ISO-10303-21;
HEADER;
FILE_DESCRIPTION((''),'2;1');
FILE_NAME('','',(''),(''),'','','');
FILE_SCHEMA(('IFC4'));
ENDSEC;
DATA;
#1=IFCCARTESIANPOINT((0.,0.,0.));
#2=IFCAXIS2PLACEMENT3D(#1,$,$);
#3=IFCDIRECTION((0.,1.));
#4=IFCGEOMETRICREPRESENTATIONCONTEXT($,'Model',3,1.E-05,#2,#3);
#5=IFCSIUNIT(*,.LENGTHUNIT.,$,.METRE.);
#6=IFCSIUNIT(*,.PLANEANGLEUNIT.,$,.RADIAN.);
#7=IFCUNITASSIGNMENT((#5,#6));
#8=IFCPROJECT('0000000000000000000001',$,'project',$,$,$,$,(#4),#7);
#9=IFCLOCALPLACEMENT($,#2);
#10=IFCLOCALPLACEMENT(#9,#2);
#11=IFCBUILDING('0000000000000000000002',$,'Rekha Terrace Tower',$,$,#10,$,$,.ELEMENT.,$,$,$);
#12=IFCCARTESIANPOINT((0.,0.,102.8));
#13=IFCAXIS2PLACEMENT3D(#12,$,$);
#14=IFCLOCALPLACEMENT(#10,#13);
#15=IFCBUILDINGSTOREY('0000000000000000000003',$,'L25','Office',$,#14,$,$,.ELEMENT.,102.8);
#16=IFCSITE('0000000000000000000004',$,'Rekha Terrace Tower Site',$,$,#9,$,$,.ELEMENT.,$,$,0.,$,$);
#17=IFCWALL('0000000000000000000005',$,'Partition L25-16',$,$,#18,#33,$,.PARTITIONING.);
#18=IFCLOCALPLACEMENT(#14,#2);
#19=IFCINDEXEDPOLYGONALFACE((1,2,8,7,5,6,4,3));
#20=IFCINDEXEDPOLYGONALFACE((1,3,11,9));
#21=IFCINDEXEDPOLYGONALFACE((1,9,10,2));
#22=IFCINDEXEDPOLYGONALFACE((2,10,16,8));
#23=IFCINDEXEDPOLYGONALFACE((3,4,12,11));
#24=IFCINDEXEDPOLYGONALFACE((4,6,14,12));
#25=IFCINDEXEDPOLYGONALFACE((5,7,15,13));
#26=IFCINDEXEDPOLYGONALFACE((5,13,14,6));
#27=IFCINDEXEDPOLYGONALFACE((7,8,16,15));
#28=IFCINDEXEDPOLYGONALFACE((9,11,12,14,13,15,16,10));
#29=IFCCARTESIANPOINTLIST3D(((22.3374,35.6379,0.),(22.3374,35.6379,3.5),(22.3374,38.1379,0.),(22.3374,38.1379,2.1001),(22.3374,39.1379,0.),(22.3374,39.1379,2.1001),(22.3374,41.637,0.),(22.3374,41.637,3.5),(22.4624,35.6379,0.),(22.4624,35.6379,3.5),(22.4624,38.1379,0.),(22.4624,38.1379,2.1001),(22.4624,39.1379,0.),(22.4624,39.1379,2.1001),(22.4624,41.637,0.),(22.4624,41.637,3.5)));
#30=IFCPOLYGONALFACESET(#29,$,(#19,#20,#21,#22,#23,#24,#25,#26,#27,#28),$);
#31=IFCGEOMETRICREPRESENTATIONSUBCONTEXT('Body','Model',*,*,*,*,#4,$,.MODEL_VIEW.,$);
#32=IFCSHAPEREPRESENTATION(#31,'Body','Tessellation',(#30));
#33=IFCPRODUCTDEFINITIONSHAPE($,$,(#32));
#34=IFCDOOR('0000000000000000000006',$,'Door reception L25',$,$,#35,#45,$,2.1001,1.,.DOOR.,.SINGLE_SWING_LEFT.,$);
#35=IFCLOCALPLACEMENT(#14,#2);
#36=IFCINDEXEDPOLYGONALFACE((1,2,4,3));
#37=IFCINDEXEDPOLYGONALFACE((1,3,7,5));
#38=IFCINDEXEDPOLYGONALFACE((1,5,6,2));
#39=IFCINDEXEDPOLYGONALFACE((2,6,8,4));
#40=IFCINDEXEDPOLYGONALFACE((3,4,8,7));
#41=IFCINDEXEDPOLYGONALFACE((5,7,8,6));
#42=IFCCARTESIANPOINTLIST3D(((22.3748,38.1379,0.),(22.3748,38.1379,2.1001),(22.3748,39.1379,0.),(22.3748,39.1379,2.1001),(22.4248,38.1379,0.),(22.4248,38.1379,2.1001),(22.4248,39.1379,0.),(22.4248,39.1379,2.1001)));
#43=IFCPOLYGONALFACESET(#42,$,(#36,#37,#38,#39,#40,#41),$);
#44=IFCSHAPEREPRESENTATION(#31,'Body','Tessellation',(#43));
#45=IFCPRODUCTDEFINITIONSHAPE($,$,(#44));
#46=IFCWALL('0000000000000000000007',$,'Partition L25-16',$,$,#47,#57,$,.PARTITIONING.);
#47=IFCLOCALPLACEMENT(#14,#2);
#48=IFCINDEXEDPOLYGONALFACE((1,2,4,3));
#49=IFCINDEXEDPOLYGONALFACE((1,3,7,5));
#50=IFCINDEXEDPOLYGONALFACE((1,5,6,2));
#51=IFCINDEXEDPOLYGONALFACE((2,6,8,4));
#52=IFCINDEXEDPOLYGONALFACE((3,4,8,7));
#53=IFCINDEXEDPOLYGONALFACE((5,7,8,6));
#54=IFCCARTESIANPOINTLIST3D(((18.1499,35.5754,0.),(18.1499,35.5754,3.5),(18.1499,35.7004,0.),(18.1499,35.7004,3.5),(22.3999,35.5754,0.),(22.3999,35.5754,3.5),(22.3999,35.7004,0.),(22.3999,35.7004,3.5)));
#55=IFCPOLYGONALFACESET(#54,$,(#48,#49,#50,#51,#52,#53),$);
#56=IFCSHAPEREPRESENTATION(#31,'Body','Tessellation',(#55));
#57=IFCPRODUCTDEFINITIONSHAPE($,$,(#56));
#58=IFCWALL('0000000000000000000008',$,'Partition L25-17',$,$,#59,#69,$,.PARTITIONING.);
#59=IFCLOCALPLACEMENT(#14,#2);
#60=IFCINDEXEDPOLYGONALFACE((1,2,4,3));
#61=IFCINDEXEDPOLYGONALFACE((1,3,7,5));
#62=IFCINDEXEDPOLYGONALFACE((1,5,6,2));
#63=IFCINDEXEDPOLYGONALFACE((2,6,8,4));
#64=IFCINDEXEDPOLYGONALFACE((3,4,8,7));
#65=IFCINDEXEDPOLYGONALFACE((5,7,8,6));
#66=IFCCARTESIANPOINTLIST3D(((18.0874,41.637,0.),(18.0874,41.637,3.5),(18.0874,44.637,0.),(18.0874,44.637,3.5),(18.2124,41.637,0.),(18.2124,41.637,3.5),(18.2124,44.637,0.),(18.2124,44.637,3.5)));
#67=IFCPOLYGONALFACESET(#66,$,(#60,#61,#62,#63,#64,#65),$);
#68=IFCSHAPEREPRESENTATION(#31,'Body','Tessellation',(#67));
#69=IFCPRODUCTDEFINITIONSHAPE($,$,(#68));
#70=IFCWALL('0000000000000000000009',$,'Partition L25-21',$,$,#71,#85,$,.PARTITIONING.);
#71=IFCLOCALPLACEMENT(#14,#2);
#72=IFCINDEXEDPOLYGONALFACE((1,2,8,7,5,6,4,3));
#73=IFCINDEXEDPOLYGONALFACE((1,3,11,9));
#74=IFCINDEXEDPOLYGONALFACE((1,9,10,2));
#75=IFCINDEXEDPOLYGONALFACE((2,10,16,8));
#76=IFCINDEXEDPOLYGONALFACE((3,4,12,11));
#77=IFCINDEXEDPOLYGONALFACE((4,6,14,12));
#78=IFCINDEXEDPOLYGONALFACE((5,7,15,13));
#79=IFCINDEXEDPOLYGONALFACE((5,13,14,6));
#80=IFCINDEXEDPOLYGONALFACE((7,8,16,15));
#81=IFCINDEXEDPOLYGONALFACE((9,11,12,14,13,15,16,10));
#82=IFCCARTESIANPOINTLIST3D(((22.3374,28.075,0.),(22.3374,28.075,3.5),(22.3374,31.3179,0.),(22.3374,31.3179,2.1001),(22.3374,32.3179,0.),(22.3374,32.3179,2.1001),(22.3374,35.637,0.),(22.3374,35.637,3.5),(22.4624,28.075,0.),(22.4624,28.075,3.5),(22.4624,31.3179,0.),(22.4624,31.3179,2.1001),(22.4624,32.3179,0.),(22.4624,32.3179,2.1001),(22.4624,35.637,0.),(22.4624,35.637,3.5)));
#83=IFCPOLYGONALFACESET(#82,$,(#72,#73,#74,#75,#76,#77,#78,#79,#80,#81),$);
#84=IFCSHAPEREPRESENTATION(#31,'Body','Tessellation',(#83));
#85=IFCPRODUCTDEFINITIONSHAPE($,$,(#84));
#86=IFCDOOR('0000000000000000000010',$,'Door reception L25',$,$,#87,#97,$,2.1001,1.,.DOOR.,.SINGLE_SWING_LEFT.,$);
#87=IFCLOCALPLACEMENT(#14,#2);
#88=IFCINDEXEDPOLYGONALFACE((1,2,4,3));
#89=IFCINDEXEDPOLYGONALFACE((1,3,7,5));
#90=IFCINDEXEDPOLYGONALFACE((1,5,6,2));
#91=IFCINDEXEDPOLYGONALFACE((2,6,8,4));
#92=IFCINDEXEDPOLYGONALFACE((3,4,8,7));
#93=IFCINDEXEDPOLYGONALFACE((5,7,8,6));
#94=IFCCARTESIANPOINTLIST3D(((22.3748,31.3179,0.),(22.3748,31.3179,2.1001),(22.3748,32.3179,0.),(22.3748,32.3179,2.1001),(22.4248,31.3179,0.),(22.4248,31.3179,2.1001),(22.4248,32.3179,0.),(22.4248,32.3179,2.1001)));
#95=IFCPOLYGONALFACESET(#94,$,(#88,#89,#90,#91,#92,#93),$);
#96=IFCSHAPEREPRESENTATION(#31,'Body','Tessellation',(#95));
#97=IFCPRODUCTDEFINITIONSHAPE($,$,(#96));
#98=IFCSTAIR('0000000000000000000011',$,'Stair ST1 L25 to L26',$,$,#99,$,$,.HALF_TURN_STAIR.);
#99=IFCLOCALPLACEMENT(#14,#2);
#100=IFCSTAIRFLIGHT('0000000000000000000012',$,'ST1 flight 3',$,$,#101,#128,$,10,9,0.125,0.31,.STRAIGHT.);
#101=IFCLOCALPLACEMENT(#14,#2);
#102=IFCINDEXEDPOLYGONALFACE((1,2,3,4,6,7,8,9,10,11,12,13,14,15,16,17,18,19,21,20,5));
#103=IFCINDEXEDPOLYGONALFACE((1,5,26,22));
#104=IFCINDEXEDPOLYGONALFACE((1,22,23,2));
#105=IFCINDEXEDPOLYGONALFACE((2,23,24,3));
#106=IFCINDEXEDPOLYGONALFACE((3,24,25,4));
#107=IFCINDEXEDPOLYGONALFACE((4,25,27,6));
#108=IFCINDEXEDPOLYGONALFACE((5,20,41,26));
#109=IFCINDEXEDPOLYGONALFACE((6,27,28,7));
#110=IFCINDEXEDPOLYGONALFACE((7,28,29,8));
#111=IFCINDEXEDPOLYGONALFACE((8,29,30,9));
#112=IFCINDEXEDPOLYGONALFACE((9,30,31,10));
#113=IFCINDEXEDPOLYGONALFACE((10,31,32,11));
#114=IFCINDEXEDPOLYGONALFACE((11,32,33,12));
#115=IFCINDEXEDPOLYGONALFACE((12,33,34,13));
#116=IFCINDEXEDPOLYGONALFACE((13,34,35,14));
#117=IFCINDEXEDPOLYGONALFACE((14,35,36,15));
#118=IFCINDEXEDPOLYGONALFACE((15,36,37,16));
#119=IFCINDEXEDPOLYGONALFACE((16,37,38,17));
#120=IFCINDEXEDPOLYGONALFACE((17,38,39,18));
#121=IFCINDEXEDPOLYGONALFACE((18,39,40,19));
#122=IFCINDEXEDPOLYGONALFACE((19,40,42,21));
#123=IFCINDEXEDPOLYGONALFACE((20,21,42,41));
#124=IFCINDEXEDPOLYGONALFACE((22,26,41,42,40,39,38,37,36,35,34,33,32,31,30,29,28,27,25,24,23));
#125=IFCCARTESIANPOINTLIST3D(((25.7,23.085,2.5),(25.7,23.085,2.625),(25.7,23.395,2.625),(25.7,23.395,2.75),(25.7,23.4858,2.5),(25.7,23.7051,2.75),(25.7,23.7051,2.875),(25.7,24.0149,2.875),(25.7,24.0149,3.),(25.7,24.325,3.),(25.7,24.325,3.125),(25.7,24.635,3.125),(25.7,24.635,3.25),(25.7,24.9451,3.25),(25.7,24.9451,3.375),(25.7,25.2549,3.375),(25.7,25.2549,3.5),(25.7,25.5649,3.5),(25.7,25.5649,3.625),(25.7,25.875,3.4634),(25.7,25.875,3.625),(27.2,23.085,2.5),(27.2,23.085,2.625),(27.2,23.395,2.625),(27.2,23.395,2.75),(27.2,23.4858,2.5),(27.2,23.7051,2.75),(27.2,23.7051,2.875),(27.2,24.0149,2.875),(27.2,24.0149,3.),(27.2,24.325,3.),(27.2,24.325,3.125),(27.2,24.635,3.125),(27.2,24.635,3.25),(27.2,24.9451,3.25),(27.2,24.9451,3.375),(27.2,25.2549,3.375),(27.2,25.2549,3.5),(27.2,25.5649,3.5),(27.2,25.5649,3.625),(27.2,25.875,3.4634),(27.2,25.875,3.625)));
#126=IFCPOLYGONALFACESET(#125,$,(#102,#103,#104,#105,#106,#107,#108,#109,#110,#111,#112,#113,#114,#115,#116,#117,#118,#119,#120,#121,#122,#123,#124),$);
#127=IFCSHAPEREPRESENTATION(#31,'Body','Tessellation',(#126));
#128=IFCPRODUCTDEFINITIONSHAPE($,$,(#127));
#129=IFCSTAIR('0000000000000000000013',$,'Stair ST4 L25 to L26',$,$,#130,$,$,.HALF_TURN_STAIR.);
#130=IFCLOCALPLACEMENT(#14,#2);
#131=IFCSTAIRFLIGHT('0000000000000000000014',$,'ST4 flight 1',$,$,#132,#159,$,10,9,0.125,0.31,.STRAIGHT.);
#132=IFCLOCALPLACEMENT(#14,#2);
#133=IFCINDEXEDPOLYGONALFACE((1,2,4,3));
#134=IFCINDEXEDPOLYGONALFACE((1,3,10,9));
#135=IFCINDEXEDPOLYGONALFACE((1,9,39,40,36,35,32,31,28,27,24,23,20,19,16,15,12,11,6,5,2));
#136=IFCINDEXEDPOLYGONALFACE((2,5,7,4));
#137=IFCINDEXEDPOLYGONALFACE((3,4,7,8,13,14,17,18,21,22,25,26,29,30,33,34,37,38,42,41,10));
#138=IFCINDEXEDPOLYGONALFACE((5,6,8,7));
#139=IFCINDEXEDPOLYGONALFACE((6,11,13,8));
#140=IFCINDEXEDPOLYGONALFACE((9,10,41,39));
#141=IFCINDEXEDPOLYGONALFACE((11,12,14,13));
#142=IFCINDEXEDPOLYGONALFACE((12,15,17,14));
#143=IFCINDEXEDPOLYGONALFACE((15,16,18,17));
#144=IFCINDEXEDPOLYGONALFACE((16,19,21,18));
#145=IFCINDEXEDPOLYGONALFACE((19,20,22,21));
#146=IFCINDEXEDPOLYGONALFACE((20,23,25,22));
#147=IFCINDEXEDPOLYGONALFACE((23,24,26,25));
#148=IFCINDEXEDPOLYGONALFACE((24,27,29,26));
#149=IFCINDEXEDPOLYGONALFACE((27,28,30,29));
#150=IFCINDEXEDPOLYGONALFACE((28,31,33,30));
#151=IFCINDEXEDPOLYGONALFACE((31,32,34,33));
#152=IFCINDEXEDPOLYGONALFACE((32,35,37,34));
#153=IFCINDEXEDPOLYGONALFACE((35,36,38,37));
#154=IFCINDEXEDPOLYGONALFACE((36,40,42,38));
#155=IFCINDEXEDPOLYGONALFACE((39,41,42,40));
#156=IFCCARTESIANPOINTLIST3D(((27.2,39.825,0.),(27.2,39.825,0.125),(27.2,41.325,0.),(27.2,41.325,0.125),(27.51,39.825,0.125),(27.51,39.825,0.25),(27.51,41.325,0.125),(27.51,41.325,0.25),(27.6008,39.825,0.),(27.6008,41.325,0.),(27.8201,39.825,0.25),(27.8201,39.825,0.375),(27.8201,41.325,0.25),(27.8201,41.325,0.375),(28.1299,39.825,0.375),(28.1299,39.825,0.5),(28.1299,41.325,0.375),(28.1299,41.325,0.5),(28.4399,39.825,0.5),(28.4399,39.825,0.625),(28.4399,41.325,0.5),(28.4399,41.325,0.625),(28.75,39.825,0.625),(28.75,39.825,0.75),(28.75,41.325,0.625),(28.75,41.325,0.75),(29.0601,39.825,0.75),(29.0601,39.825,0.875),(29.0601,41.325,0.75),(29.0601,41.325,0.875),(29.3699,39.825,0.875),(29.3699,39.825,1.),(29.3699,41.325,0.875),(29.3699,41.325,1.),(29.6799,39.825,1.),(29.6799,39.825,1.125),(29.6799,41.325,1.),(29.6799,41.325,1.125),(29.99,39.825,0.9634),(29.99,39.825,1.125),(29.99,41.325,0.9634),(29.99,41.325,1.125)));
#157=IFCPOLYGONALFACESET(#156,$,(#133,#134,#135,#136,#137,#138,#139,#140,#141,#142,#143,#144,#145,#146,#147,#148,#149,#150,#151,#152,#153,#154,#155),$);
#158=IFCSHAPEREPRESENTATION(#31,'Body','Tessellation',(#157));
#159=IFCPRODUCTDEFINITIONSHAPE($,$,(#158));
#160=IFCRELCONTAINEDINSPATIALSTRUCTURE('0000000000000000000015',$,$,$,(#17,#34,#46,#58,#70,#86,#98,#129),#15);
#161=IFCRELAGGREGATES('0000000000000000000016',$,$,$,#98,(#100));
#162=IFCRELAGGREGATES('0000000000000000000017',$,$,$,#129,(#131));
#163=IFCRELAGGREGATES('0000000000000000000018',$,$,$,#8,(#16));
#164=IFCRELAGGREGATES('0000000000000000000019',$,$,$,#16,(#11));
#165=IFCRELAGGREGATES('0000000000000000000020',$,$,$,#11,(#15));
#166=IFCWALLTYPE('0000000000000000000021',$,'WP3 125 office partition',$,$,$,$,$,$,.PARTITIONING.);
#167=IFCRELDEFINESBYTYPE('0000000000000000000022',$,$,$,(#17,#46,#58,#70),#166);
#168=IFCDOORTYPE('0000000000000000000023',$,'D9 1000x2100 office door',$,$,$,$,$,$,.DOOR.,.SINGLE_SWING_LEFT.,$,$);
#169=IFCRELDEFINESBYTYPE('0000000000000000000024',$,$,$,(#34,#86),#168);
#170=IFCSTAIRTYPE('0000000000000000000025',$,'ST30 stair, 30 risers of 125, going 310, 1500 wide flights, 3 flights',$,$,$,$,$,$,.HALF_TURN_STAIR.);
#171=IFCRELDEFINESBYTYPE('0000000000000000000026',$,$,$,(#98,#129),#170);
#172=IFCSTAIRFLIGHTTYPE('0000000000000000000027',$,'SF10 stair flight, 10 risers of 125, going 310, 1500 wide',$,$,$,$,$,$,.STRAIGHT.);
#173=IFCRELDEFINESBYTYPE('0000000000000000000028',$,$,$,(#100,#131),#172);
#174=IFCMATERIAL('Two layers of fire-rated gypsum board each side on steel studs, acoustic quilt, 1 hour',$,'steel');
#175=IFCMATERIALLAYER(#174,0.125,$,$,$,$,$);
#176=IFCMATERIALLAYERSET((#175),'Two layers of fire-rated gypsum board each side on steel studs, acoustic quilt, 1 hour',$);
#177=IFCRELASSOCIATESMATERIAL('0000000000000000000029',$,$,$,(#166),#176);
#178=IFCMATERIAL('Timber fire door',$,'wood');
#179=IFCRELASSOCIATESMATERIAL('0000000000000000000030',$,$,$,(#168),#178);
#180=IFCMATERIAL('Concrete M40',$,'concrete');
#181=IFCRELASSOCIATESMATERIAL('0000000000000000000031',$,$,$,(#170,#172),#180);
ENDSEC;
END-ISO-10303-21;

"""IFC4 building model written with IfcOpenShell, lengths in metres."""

from ifc_helpers import new_model, si_unit, direction, frame, frame_2d, origin, place, context, subcontext, project, spatial, polyline, rectangle, outline, extrude, material, layer, layer_set, type_object, element, fill, aggregate, save


model = new_model("IFC4")

# Units and contexts
model_context = context("Model", 3, precision=1e-05, world=origin(), true_north=direction((0.0, 1.0)))
body_context = subcontext(model_context, "Body", "Model", "MODEL_VIEW")
ifc_project = project(units=[si_unit("LENGTHUNIT", "METRE"), si_unit("PLANEANGLEUNIT", "RADIAN")], contexts=[model_context])

# Site, building, storey
site_placement = place(None, origin())
site = spatial("IfcSite", under=ifc_project, at=site_placement, Name="Rekha Terrace Tower Site", CompositionType="ELEMENT", RefElevation=0.0)
building_placement = place(site_placement, origin())
building = spatial("IfcBuilding", under=site, at=building_placement, Name="Rekha Terrace Tower", CompositionType="ELEMENT")
storey_placement = place(building_placement, frame((0.0, 0.0, 102.8)))
storey = spatial("IfcBuildingStorey", under=building, at=storey_placement, Name="L25", Description="Office", CompositionType="ELEMENT", Elevation=102.8)

# Wall, opening, door
ifc_material_1 = material(Name="Two layers of fire-rated gypsum board each side on steel studs, acoustic quilt, 1 hour", Category="steel")
ifc_layer_1 = layer(ifc_material_1, 0.125)
ifc_layer_set_1 = layer_set([ifc_layer_1], Name="Two layers of fire-rated gypsum board each side on steel studs, acoustic quilt, 1 hour")
wall_type_1 = type_object("IfcWallType", Name="WP3 125 office partition", PredefinedType="PARTITIONING", material=ifc_layer_set_1)
wall_1_placement = place(storey_placement, frame((22.3999, 41.637, 0.0), z_axis=(0.0, 0.0, 1.0), x_axis=(0.0, -1.0, 0.0)))
wall_1 = element("IfcWall", 1, at=wall_1_placement, inside=storey, type_object=wall_type_1, Name="Partition L25-16", PredefinedType="PARTITIONING", context=body_context, shape_type="SweptSolid", body=[
    extrude(rectangle(XDim=5.999, YDim=0.125, at=frame_2d((2.9995, 0.0))), origin(), (0.0, 0.0, 1.0), 3.5),
])
opening_1_placement = place(wall_1_placement, frame((2.499, 0.0, 0.0)))
opening_1 = element("IfcOpeningElement", 2, at=opening_1_placement, cuts=wall_1, PredefinedType="OPENING", context=body_context, shape_type="SweptSolid", body=[
    extrude(rectangle(XDim=1.0, YDim=2.1001, at=frame_2d((0.5, 1.05))), frame((0.0, 0.0725, 0.0), z_axis=(0.0, -1.0, 0.0), x_axis=(1.0, 0.0, 0.0)), (0.0, 0.0, 1.0), 0.145),
])
ifc_material_2 = material(Name="Timber fire door", Category="wood")
door_type_1 = type_object("IfcDoorType", Name="D9 1000x2100 office door", OperationType="SINGLE_SWING_LEFT", PredefinedType="DOOR", material=ifc_material_2)
door_1_placement = place(opening_1_placement, origin())
door_1 = element("IfcDoor", 3, at=door_1_placement, inside=storey, type_object=door_type_1, Name="Door reception L25", OperationType="SINGLE_SWING_LEFT", OverallHeight=2.1001, OverallWidth=1.0, PredefinedType="DOOR", context=body_context, shape_type="SweptSolid", body=[
    extrude(rectangle(XDim=1.0, YDim=2.1001, at=frame_2d((0.5, 1.05))), frame((0.0, 0.0249, 0.0), z_axis=(0.0, -1.0, 0.0), x_axis=(1.0, 0.0, 0.0)), (0.0, 0.0, 1.0), 0.05),
])
fill(opening_1, door_1)

# Walls
wall_2_placement = place(storey_placement, frame((22.3999, 35.6379, 0.0), z_axis=(0.0, 0.0, 1.0), x_axis=(-1.0, 0.0, 0.0)))
element("IfcWall", 4, at=wall_2_placement, inside=storey, type_object=wall_type_1, Name="Partition L25-16", PredefinedType="PARTITIONING", context=body_context, shape_type="SweptSolid", body=[
    extrude(rectangle(XDim=4.25, YDim=0.125, at=frame_2d((2.125, 0.0))), origin(), (0.0, 0.0, 1.0), 3.5),
])
wall_3_placement = place(storey_placement, frame((18.1499, 41.637, 0.0), z_axis=(0.0, 0.0, 1.0), x_axis=(0.0, 1.0, 0.0)))
element("IfcWall", 5, at=wall_3_placement, inside=storey, type_object=wall_type_1, Name="Partition L25-17", PredefinedType="PARTITIONING", context=body_context, shape_type="SweptSolid", body=[
    extrude(rectangle(XDim=3.0, YDim=0.125, at=frame_2d((1.5, 0.0))), origin(), (0.0, 0.0, 1.0), 3.5),
])

# Wall, opening, door
wall_4_placement = place(storey_placement, frame((22.3999, 35.637, 0.0), z_axis=(0.0, 0.0, 1.0), x_axis=(0.0, -1.0, 0.0)))
wall_4 = element("IfcWall", 6, at=wall_4_placement, inside=storey, type_object=wall_type_1, Name="Partition L25-21", PredefinedType="PARTITIONING", context=body_context, shape_type="SweptSolid", body=[
    extrude(rectangle(XDim=7.562, YDim=0.125, at=frame_2d((3.781, 0.0))), origin(), (0.0, 0.0, 1.0), 3.5),
])
opening_2_placement = place(wall_4_placement, frame((3.3191, 0.0, 0.0)))
opening_2 = element("IfcOpeningElement", 7, at=opening_2_placement, cuts=wall_4, PredefinedType="OPENING", context=body_context, shape_type="SweptSolid", body=[
    extrude(rectangle(XDim=1.0, YDim=2.1001, at=frame_2d((0.5, 1.05))), frame((0.0, 0.0725, 0.0), z_axis=(0.0, -1.0, 0.0), x_axis=(1.0, 0.0, 0.0)), (0.0, 0.0, 1.0), 0.145),
])
door_2_placement = place(opening_2_placement, origin())
door_2 = element("IfcDoor", 8, at=door_2_placement, inside=storey, type_object=door_type_1, Name="Door reception L25", OperationType="SINGLE_SWING_LEFT", OverallHeight=2.1001, OverallWidth=1.0, PredefinedType="DOOR", context=body_context, shape_type="SweptSolid", body=[
    extrude(rectangle(XDim=1.0, YDim=2.1001, at=frame_2d((0.5, 1.05))), frame((0.0, 0.0249, 0.0), z_axis=(0.0, -1.0, 0.0), x_axis=(1.0, 0.0, 0.0)), (0.0, 0.0, 1.0), 0.05),
])
fill(opening_2, door_2)

# Stairs, stair flights
ifc_material_3 = material(Name="Concrete M40", Category="concrete")
stair_type = type_object("IfcStairType", Name="ST30 stair, 30 risers of 125, going 310, 1500 wide flights, 3 flights", PredefinedType="HALF_TURN_STAIR", material=ifc_material_3)
stair_1_placement = place(storey_placement, origin())
stair_1 = element("IfcStair", 9, at=stair_1_placement, inside=storey, type_object=stair_type, Name="Stair ST1 L25 to L26", PredefinedType="HALF_TURN_STAIR")
stair_flight_type = type_object("IfcStairFlightType", Name="SF10 stair flight, 10 risers of 125, going 310, 1500 wide", PredefinedType="STRAIGHT", material=ifc_material_3)
stair_flight_1_placement = place(storey_placement, frame((26.45, 23.085, 2.5), z_axis=(0.0, 0.0, 1.0), x_axis=(0.0, 1.0, 0.0)))
stair_flight_1 = element("IfcStairFlight", 10, at=stair_flight_1_placement, type_object=stair_flight_type, Name="ST1 flight 3", NumberOfRisers=10, NumberOfTreads=9, PredefinedType="STRAIGHT", RiserHeight=0.125, TreadLength=0.31, context=body_context, shape_type="SweptSolid", body=[
    extrude(outline(polyline([(0.0, 0.0), (0.0, 0.125), (0.3101, 0.125), (0.3101, 0.25), (0.6201, 0.25), (0.6201, 0.375), (0.9299, 0.375), (0.9299, 0.5), (1.24, 0.5), (1.24, 0.625), (1.55, 0.625), (1.55, 0.75), (1.8601, 0.75), (1.8601, 0.875), (2.1699, 0.875), (2.1699, 1.0), (2.48, 1.0), (2.48, 1.125), (2.79, 1.125), (2.79, 1.25), (2.79, 0.9634), (0.4009, 0.0), (0.0, 0.0)])), frame((0.0, 0.75, 0.0), z_axis=(0.0, -1.0, 0.0), x_axis=(1.0, 0.0, 0.0)), (0.0, 0.0, 1.0), 1.5),
])
aggregate(stair_1, [stair_flight_1])
stair_2_placement = place(storey_placement, origin())
stair_2 = element("IfcStair", 11, at=stair_2_placement, inside=storey, type_object=stair_type, Name="Stair ST4 L25 to L26", PredefinedType="HALF_TURN_STAIR")
stair_flight_2_placement = place(storey_placement, frame((27.2, 40.575, 0.0), z_axis=(0.0, 0.0, 1.0), x_axis=(1.0, 0.0, 0.0)))
stair_flight_2 = element("IfcStairFlight", 12, at=stair_flight_2_placement, type_object=stair_flight_type, Name="ST4 flight 1", NumberOfRisers=10, NumberOfTreads=9, PredefinedType="STRAIGHT", RiserHeight=0.125, TreadLength=0.31, context=body_context, shape_type="SweptSolid", body=[
    extrude(outline(polyline([(0.0, 0.0), (0.0, 0.125), (0.3101, 0.125), (0.3101, 0.25), (0.6201, 0.25), (0.6201, 0.375), (0.9299, 0.375), (0.9299, 0.5), (1.24, 0.5), (1.24, 0.625), (1.55, 0.625), (1.55, 0.75), (1.8601, 0.75), (1.8601, 0.875), (2.1699, 0.875), (2.1699, 1.0), (2.48, 1.0), (2.48, 1.125), (2.79, 1.125), (2.79, 1.25), (2.79, 0.9634), (0.4009, 0.0), (0.0, 0.0)])), frame((0.0, 0.75, 0.0), z_axis=(0.0, -1.0, 0.0), x_axis=(1.0, 0.0, 0.0)), (0.0, 0.0, 1.0), 1.5),
])
aggregate(stair_2, [stair_flight_2])

save(model, "model.ifc")
